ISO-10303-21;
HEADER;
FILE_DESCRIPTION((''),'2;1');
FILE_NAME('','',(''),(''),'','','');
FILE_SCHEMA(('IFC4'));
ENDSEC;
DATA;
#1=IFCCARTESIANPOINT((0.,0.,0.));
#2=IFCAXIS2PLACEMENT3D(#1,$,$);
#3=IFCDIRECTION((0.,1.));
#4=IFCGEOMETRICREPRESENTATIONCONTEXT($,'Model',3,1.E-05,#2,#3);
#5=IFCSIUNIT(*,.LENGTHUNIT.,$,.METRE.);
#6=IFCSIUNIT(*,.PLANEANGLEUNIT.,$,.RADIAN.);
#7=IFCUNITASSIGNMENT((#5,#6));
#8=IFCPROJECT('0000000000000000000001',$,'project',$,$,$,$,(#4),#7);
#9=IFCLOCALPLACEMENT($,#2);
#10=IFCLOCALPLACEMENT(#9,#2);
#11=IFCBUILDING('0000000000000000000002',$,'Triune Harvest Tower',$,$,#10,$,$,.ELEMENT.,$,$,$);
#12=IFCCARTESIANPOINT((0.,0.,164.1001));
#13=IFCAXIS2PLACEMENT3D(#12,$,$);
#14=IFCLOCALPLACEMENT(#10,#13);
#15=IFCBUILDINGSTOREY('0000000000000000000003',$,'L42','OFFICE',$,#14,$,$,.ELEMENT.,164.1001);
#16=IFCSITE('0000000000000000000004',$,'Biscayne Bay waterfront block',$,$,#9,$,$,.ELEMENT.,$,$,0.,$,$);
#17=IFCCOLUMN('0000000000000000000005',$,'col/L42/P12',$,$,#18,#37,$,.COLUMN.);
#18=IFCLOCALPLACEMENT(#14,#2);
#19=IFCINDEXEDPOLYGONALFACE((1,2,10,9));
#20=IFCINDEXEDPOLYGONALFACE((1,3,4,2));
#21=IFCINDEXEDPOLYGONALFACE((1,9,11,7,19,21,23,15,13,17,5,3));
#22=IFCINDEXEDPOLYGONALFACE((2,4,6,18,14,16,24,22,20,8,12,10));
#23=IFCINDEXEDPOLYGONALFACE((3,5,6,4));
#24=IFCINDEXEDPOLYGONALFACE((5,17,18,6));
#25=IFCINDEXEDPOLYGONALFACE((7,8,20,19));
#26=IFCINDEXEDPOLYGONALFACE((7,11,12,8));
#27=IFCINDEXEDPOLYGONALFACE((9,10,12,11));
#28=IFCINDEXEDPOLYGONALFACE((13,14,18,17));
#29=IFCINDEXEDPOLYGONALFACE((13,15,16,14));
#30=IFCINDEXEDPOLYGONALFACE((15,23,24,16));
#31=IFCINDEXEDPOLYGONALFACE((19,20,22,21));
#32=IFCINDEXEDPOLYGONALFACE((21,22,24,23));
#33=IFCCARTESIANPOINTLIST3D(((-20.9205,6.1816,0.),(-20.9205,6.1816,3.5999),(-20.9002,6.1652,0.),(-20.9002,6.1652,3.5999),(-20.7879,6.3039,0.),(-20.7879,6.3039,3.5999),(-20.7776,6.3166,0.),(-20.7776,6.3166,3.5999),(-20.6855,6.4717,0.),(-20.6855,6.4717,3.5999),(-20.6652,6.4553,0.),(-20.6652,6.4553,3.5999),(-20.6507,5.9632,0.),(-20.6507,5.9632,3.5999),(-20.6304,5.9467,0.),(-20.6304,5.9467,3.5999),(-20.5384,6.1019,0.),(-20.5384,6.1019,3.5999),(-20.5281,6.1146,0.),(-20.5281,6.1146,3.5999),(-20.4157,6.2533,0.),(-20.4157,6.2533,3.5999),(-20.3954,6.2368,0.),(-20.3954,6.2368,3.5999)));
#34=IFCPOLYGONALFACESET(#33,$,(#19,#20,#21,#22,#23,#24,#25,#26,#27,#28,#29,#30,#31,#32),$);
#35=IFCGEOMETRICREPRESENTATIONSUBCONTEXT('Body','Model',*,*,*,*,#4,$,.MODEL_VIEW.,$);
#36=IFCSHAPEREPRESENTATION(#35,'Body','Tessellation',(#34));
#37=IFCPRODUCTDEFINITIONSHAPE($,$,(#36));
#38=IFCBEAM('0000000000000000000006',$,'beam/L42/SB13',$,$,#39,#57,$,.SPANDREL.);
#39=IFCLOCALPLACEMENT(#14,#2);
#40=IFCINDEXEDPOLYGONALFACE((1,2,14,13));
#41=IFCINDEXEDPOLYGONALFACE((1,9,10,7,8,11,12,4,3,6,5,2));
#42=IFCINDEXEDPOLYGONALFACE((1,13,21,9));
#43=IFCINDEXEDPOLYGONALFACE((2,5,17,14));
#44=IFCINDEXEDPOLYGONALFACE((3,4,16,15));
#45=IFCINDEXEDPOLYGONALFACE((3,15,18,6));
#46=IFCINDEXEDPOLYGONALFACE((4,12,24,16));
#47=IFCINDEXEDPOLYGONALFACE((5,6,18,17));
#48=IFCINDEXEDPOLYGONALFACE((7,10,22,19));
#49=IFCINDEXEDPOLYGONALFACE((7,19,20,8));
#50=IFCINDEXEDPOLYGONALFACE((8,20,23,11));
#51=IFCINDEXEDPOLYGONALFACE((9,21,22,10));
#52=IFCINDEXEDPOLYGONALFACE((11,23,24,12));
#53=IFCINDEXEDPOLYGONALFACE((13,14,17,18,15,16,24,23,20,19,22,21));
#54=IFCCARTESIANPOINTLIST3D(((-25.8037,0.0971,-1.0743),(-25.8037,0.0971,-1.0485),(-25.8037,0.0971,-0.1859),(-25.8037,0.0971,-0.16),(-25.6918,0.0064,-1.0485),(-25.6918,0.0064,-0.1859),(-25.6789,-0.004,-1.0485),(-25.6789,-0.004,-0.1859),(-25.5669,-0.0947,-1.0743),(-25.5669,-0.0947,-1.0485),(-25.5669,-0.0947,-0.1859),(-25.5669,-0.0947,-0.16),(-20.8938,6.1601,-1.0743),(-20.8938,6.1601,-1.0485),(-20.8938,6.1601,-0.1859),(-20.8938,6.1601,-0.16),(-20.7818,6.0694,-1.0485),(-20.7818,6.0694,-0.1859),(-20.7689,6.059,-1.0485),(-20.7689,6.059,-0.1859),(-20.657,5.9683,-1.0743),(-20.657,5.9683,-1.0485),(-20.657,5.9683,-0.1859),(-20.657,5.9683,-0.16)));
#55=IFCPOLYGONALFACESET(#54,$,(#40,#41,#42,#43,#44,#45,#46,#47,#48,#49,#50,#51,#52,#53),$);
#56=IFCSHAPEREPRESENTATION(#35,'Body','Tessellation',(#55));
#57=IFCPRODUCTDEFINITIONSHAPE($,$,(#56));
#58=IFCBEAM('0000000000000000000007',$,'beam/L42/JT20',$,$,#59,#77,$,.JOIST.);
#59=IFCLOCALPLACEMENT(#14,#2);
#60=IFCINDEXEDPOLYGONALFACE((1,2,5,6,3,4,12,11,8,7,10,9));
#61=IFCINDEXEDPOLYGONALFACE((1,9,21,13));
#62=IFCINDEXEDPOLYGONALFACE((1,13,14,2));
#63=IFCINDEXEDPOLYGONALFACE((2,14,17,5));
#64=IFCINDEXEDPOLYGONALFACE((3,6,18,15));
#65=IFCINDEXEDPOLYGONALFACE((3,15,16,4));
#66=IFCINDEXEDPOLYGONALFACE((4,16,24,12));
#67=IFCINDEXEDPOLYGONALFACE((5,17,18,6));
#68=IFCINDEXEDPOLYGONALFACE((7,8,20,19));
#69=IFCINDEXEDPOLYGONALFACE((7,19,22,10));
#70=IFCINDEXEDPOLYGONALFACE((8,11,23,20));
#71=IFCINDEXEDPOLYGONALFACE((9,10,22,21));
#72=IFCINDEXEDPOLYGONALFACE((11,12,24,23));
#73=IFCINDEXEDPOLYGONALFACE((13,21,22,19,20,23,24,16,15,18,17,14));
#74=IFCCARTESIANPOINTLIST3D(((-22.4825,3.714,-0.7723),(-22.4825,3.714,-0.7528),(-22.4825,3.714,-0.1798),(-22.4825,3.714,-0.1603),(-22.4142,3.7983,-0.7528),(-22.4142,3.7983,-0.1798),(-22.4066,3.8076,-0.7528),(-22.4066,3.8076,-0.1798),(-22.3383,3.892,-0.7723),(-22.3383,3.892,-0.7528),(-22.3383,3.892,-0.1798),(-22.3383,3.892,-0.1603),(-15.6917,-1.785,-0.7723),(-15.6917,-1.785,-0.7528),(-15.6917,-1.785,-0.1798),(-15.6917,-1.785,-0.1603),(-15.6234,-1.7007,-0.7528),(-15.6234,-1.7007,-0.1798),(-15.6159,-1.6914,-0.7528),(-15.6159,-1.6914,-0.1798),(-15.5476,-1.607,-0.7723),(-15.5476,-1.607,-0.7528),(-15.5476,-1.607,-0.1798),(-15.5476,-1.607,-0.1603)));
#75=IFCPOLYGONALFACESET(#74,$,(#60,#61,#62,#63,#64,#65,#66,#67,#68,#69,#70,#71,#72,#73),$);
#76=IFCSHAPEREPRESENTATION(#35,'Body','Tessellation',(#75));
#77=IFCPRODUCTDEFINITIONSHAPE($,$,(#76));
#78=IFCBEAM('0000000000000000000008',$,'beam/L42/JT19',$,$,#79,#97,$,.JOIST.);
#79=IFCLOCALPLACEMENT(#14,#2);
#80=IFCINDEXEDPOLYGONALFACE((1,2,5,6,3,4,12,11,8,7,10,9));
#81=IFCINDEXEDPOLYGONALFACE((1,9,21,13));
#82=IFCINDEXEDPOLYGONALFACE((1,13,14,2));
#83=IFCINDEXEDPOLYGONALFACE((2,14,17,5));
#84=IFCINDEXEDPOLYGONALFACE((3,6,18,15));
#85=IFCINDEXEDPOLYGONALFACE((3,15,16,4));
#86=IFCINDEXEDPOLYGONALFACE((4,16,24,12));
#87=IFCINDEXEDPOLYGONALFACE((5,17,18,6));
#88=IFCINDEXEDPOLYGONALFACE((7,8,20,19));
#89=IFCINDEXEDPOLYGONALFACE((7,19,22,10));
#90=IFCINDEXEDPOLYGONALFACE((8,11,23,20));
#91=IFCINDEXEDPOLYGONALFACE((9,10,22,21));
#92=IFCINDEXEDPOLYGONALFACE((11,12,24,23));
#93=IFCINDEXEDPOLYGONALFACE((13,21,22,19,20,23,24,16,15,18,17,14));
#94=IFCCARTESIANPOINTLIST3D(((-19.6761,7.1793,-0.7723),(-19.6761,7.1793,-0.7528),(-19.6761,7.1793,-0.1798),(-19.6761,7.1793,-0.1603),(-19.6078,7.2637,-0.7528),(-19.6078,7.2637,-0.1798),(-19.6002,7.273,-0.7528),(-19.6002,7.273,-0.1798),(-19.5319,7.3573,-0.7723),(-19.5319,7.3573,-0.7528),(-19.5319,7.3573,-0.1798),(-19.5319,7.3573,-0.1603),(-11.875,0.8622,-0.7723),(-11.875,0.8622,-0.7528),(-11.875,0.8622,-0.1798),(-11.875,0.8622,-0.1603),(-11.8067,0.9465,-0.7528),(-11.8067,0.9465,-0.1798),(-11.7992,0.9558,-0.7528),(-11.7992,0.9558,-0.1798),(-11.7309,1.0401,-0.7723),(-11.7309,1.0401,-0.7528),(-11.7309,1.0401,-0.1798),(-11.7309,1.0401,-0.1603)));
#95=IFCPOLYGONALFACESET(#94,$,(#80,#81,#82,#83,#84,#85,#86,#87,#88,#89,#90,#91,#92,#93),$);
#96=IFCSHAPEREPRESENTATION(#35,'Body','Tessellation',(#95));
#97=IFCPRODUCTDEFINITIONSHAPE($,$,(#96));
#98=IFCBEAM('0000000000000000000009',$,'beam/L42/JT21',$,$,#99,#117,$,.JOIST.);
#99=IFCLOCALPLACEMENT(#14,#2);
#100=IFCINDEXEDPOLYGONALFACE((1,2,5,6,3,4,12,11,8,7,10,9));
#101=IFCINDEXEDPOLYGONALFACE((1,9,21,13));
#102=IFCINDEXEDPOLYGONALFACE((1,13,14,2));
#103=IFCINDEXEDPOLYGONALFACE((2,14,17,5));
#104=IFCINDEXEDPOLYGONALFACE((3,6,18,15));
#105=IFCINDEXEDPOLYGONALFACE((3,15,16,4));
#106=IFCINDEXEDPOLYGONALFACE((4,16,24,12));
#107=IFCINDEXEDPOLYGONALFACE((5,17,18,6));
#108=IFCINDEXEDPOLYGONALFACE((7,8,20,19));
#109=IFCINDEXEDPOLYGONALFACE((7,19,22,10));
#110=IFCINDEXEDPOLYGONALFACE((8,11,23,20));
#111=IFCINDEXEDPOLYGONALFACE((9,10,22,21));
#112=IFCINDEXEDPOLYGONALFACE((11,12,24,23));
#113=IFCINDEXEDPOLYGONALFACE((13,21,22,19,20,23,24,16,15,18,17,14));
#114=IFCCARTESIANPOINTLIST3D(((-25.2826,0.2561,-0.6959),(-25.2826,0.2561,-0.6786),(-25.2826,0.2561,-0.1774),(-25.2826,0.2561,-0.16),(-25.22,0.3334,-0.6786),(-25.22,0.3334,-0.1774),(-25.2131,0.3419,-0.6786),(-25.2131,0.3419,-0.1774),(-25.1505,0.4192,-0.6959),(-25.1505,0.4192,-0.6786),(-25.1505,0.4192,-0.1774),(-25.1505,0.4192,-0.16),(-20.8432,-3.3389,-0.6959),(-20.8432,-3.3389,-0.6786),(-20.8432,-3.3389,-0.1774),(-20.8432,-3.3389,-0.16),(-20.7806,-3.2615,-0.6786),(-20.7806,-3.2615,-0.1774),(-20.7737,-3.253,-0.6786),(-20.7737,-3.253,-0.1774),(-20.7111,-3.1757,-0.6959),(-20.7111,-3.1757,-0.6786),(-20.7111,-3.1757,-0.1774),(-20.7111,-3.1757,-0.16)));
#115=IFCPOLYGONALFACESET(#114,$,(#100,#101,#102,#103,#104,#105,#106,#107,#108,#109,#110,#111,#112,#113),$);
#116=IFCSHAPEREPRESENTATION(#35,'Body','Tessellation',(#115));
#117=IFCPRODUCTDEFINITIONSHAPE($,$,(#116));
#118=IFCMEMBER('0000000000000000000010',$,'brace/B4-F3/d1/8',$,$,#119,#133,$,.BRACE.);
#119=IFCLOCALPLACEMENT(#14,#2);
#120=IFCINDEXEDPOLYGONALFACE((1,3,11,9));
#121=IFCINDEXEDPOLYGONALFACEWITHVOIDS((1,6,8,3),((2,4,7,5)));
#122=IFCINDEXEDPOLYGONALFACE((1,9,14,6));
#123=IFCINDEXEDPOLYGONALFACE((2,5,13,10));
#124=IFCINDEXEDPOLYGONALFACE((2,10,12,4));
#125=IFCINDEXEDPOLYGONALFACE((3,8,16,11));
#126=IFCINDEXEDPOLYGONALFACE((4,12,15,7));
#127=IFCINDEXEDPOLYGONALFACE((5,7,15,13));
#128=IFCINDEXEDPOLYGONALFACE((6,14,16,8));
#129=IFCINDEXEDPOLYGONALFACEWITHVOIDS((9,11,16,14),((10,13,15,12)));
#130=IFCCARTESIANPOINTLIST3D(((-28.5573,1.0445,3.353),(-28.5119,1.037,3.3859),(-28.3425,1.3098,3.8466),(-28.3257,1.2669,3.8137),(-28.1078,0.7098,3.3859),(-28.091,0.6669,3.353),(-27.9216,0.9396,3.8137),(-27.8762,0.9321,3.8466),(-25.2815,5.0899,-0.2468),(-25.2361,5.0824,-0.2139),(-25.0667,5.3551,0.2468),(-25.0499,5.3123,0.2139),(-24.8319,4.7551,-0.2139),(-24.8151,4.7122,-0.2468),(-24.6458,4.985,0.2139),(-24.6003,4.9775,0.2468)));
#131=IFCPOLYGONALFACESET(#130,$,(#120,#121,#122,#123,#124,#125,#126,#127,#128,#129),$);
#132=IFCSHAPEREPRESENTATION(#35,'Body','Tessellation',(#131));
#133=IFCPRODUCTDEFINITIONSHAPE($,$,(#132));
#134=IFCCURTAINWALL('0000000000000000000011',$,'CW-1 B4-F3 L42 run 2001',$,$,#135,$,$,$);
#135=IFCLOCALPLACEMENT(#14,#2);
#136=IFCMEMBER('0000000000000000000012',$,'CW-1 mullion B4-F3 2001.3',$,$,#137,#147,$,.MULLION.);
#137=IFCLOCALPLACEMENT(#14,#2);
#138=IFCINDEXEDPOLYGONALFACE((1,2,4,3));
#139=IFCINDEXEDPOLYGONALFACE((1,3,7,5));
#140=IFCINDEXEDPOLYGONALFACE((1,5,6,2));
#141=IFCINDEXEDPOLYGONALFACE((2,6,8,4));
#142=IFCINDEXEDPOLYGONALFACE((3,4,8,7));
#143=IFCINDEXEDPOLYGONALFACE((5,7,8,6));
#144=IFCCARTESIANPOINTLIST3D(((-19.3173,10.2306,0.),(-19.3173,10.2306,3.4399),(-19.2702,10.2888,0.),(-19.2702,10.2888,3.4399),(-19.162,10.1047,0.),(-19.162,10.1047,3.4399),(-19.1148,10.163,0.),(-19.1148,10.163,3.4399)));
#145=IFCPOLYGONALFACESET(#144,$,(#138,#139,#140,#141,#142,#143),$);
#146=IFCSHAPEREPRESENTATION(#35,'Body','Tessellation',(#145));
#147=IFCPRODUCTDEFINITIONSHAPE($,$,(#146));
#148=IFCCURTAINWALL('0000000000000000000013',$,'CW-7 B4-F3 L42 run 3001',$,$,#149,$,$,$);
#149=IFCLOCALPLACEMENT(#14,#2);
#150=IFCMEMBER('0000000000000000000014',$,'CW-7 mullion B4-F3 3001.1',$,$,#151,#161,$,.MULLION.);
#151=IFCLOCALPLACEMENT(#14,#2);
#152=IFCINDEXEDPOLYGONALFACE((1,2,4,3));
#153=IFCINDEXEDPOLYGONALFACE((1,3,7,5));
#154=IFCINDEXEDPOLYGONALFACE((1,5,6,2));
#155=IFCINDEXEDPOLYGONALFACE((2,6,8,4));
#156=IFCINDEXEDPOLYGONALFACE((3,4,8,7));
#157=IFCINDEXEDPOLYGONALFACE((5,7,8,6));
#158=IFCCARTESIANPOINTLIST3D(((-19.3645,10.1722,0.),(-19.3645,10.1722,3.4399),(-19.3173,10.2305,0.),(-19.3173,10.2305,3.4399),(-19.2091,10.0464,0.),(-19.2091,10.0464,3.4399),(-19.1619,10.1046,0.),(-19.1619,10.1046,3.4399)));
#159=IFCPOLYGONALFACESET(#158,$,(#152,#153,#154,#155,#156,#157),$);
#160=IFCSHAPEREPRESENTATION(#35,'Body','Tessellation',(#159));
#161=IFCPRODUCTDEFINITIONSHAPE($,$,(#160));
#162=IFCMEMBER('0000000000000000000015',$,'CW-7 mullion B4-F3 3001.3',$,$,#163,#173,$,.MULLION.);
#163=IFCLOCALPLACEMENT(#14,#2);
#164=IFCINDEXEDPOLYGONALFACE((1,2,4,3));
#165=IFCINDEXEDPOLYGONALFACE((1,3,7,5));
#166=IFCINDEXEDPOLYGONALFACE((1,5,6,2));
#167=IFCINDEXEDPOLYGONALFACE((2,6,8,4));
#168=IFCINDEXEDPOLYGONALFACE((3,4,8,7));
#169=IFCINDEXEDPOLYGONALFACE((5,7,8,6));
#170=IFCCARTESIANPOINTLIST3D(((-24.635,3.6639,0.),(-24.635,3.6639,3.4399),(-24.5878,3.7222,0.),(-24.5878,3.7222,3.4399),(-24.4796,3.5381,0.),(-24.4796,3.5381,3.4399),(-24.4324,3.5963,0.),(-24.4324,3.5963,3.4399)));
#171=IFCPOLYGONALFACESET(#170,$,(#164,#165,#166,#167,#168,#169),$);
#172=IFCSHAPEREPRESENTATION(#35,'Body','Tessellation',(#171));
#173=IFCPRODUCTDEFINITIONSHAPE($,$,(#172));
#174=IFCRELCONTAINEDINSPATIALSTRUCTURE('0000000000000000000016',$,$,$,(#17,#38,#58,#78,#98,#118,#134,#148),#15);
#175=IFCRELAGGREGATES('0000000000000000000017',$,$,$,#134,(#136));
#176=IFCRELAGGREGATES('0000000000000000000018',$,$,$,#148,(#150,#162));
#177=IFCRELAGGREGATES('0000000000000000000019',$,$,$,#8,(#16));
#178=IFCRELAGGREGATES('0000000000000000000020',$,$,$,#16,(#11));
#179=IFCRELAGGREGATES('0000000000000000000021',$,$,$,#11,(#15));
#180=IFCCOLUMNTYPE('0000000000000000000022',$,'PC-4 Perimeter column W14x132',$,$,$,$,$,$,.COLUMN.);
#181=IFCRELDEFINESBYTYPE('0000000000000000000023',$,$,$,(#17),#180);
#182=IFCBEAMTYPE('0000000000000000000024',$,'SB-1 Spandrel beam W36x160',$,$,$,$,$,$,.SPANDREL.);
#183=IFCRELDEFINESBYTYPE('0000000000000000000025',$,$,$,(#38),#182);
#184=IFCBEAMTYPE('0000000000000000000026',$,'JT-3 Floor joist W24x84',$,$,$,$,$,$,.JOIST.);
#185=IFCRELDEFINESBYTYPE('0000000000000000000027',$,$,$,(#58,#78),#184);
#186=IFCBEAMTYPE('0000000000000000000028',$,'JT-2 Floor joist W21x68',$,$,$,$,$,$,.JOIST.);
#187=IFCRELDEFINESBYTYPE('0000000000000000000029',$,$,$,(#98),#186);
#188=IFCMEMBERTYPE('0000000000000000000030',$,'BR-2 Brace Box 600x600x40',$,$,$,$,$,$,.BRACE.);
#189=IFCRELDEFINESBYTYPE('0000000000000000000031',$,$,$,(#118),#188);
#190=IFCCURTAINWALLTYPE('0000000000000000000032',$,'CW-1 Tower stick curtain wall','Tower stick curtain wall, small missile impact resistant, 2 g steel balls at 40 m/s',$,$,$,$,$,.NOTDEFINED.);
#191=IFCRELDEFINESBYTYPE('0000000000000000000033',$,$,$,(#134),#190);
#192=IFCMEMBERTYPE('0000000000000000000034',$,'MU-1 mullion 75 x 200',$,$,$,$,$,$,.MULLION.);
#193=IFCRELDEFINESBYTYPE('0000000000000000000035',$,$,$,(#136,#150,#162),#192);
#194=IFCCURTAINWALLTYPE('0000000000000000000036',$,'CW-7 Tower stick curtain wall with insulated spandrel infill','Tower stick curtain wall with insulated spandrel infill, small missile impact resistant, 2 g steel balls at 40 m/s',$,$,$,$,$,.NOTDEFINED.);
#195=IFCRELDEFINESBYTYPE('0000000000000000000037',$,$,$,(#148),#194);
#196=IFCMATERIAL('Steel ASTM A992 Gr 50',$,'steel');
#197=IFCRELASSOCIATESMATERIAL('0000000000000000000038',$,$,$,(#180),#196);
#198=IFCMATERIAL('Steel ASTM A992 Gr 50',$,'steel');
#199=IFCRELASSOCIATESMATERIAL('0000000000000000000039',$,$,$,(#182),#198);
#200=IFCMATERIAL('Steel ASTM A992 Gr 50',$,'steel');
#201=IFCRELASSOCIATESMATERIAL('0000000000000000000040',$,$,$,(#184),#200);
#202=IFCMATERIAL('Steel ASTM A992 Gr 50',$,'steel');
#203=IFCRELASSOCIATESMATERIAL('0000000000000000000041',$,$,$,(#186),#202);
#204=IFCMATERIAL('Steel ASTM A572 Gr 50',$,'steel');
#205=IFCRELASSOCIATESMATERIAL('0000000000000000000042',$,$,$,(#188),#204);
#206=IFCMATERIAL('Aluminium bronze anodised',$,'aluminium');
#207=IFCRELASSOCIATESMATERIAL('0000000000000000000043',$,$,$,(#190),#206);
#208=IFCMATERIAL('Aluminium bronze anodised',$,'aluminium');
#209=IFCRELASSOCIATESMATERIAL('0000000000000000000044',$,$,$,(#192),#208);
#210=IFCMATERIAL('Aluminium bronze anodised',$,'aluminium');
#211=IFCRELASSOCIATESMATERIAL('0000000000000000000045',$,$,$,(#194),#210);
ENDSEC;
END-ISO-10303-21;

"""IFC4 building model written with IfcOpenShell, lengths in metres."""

from ifc_helpers import new_model, si_unit, direction, frame, origin, origin_2d, place, context, subcontext, project, spatial, rectangle, hollow_rectangle, i_section, extrude, source, transform, mapped, material, material_profile, profile_set, type_object, element, aggregate, save


model = new_model("IFC4")

# Units and contexts
model_context = context("Model", 3, precision=1e-05, world=origin(), true_north=direction((0.0, 1.0)))
body_context = subcontext(model_context, "Body", "Model", "MODEL_VIEW")
ifc_project = project(units=[si_unit("LENGTHUNIT", "METRE"), si_unit("PLANEANGLEUNIT", "RADIAN")], contexts=[model_context])

# Site, building, storey
site_placement = place(None, origin())
site = spatial("IfcSite", under=ifc_project, at=site_placement, Name="Biscayne Bay waterfront block", CompositionType="ELEMENT", RefElevation=0.0)
building_placement = place(site_placement, origin())
building = spatial("IfcBuilding", under=site, at=building_placement, Name="Triune Harvest Tower", CompositionType="ELEMENT")
storey_placement = place(building_placement, frame((0.0, 0.0, 164.1001)))
storey = spatial("IfcBuildingStorey", under=building, at=storey_placement, Name="L42", Description="OFFICE", CompositionType="ELEMENT", Elevation=164.1001)

# Column
ifc_material_1 = material(Name="Steel ASTM A992 Gr 50", Category="steel")
ifc_material_profile_1 = material_profile(ifc_material_1, i_section(OverallWidth=0.3733, OverallDepth=0.3733, WebThickness=0.0164, FlangeThickness=0.0261, at=origin_2d()), Name="W14x132")
ifc_profile_set_1 = profile_set([ifc_material_profile_1], Name="Steel ASTM A992 Gr 50")
column_type = type_object("IfcColumnType", Name="PC-4 Perimeter column W14x132", PredefinedType="COLUMN", material=ifc_profile_set_1)
shared_shape_1 = source(origin(), body_context, "Body", "SweptSolid", [
    extrude(i_section(OverallWidth=0.3733, OverallDepth=0.3733, WebThickness=0.0164, FlangeThickness=0.0261, at=origin_2d()), origin(), (0.0, 0.0, 1.0), 3.5999),
])
column_placement = place(storey_placement, frame((-20.658, 6.2092, 0.0), z_axis=(0.0, 0.0, 1.0), x_axis=(-0.629322, -0.777145, 0.0)))
element("IfcColumn", 1, at=column_placement, inside=storey, type_object=column_type, Name="col/L42/P12", PredefinedType="COLUMN", context=body_context, shape_type="MappedRepresentation", body=[
    mapped(shared_shape_1, transform((0.0, 0.0, 0.0), scale=1.0)),
])

# Beams
ifc_material_2 = material(Name="Steel ASTM A992 Gr 50", Category="steel")
ifc_material_profile_2 = material_profile(ifc_material_2, i_section(OverallWidth=0.3047, OverallDepth=0.9143, WebThickness=0.0166, FlangeThickness=0.0259, at=origin_2d()), Name="W36x160")
ifc_profile_set_2 = profile_set([ifc_material_profile_2], Name="Steel ASTM A992 Gr 50")
beam_type_1 = type_object("IfcBeamType", Name="SB-1 Spandrel beam W36x160", PredefinedType="SPANDREL", material=ifc_profile_set_2)
shared_shape_2 = source(origin(), body_context, "Body", "SweptSolid", [
    extrude(i_section(OverallWidth=0.3047, OverallDepth=0.9143, WebThickness=0.0166, FlangeThickness=0.0259, at=origin_2d()), origin(), (0.0, 0.0, 1.0), 7.8018),
])
beam_1_placement = place(storey_placement, frame((-20.7754, 6.0642, -0.6172), z_axis=(-0.629336, -0.777133, 0.0), x_axis=(0.777133, -0.629336, 0.0)))
element("IfcBeam", 2, at=beam_1_placement, inside=storey, type_object=beam_type_1, Name="beam/L42/SB13", PredefinedType="SPANDREL", context=body_context, shape_type="MappedRepresentation", body=[
    mapped(shared_shape_2, transform((0.0, 0.0, 0.0), scale=1.0)),
])
ifc_material_3 = material(Name="Steel ASTM A992 Gr 50", Category="steel")
ifc_material_profile_3 = material_profile(ifc_material_3, i_section(OverallWidth=0.229, OverallDepth=0.6121, WebThickness=0.012, FlangeThickness=0.0195, at=origin_2d()), Name="W24x84")
ifc_profile_set_3 = profile_set([ifc_material_profile_3], Name="Steel ASTM A992 Gr 50")
beam_type_2 = type_object("IfcBeamType", Name="JT-3 Floor joist W24x84", PredefinedType="JOIST", material=ifc_profile_set_3)
shared_shape_3 = source(origin(), body_context, "Body", "SweptSolid", [
    extrude(i_section(OverallWidth=0.229, OverallDepth=0.6121, WebThickness=0.012, FlangeThickness=0.0195, at=origin_2d()), origin(), (0.0, 0.0, 1.0), 8.738),
])
beam_2_placement = place(storey_placement, frame((-22.4104, 3.803, -0.4663), z_axis=(0.777148, -0.629318, 0.0), x_axis=(0.629318, 0.777148, 0.0)))
element("IfcBeam", 3, at=beam_2_placement, inside=storey, type_object=beam_type_2, Name="beam/L42/JT20", PredefinedType="JOIST", context=body_context, shape_type="MappedRepresentation", body=[
    mapped(shared_shape_3, transform((0.0, 0.0, 0.0), scale=1.0)),
])
shared_shape_4 = source(origin(), body_context, "Body", "SweptSolid", [
    extrude(i_section(OverallWidth=0.229, OverallDepth=0.6121, WebThickness=0.012, FlangeThickness=0.0195, at=origin_2d()), origin(), (0.0, 0.0, 1.0), 10.0381),
])
beam_3_placement = place(storey_placement, frame((-19.604, 7.2683, -0.4663), z_axis=(0.777146, -0.62932, 0.0), x_axis=(0.62932, 0.777146, 0.0)))
element("IfcBeam", 4, at=beam_3_placement, inside=storey, type_object=beam_type_2, Name="beam/L42/JT19", PredefinedType="JOIST", context=body_context, shape_type="MappedRepresentation", body=[
    mapped(shared_shape_4, transform((0.0, 0.0, 0.0), scale=1.0)),
])
ifc_material_4 = material(Name="Steel ASTM A992 Gr 50", Category="steel")
ifc_material_profile_4 = material_profile(ifc_material_4, i_section(OverallWidth=0.21, OverallDepth=0.5359, WebThickness=0.011, FlangeThickness=0.0173, at=origin_2d()), Name="W21x68")
ifc_profile_set_4 = profile_set([ifc_material_profile_4], Name="Steel ASTM A992 Gr 50")
beam_type_3 = type_object("IfcBeamType", Name="JT-2 Floor joist W21x68", PredefinedType="JOIST", material=ifc_profile_set_4)
shared_shape_5 = source(origin(), body_context, "Body", "SweptSolid", [
    extrude(i_section(OverallWidth=0.21, OverallDepth=0.5359, WebThickness=0.011, FlangeThickness=0.0173, at=origin_2d()), origin(), (0.0, 0.0, 1.0), 5.7124),
])
beam_4_placement = place(storey_placement, frame((-25.2166, 0.3376, -0.428), z_axis=(0.777148, -0.629317, 0.0), x_axis=(0.629317, 0.777148, 0.0)))
element("IfcBeam", 5, at=beam_4_placement, inside=storey, type_object=beam_type_3, Name="beam/L42/JT21", PredefinedType="JOIST", context=body_context, shape_type="MappedRepresentation", body=[
    mapped(shared_shape_5, transform((0.0, 0.0, 0.0), scale=1.0)),
])

# Member
ifc_material_5 = material(Name="Steel ASTM A572 Gr 50", Category="steel")
ifc_material_profile_5 = material_profile(ifc_material_5, hollow_rectangle(XDim=0.6001, YDim=0.6001, WallThickness=0.04, at=origin_2d()), Name="Box 600x600x40")
ifc_profile_set_5 = profile_set([ifc_material_profile_5], Name="Steel ASTM A572 Gr 50")
member_type_1 = type_object("IfcMemberType", Name="BR-2 Brace Box 600x600x40", PredefinedType="BRACE", material=ifc_profile_set_5)
shared_shape_6 = source(origin(), body_context, "Body", "SweptSolid", [
    extrude(hollow_rectangle(XDim=0.6001, YDim=0.6001, WallThickness=0.04, at=origin_2d()), origin(), (0.0, 0.0, 1.0), 6.3289),
])
member_1_placement = place(storey_placement, frame((-24.9409, 5.0337, 0.0), z_axis=(-0.517602, -0.639191, 0.568791), x_axis=(0.777149, -0.629317, 0.0)))
element("IfcMember", 6, at=member_1_placement, inside=storey, type_object=member_type_1, Name="brace/B4-F3/d1/8", PredefinedType="BRACE", context=body_context, shape_type="MappedRepresentation", body=[
    mapped(shared_shape_6, transform((0.0, 0.0, 0.0), scale=1.0)),
])

# Curtain wall, member
ifc_material_6 = material(Name="Aluminium bronze anodised", Category="aluminium")
curtain_wall_type_1 = type_object("IfcCurtainWallType", Name="CW-1 Tower stick curtain wall", Description="Tower stick curtain wall, small missile impact resistant, 2 g steel balls at 40 m/s", PredefinedType="NOTDEFINED", material=ifc_material_6)
curtain_wall_1_placement = place(storey_placement, origin())
curtain_wall_1 = element("IfcCurtainWall", 7, at=curtain_wall_1_placement, inside=storey, type_object=curtain_wall_type_1, Name="CW-1 B4-F3 L42 run 2001")
ifc_material_7 = material(Name="Aluminium bronze anodised", Category="aluminium")
ifc_material_profile_6 = material_profile(ifc_material_7, rectangle(XDim=0.2, YDim=0.075, at=origin_2d()), Name="MU-1 mullion 75 x 200")
ifc_profile_set_6 = profile_set([ifc_material_profile_6], Name="Aluminium bronze anodised")
member_type_2 = type_object("IfcMemberType", Name="MU-1 mullion 75 x 200", PredefinedType="MULLION", material=ifc_profile_set_6)
shared_shape_7 = source(origin(), body_context, "Body", "SweptSolid", [
    extrude(rectangle(XDim=0.2, YDim=0.075, at=origin_2d()), origin(), (0.0, 0.0, 1.0), 3.4399),
])
member_2_placement = place(storey_placement, frame((-19.2161, 10.1968, 0.0), z_axis=(0.0, 0.0, 1.0), x_axis=(0.777149, -0.629317, 0.0)))
member_2 = element("IfcMember", 8, at=member_2_placement, type_object=member_type_2, Name="CW-1 mullion B4-F3 2001.3", PredefinedType="MULLION", context=body_context, shape_type="MappedRepresentation", body=[
    mapped(shared_shape_7, transform((0.0, 0.0, 0.0), scale=1.0)),
])
aggregate(curtain_wall_1, [member_2])

# Curtain wall, members
ifc_material_8 = material(Name="Aluminium bronze anodised", Category="aluminium")
curtain_wall_type_2 = type_object("IfcCurtainWallType", Name="CW-7 Tower stick curtain wall with insulated spandrel infill", Description="Tower stick curtain wall with insulated spandrel infill, small missile impact resistant, 2 g steel balls at 40 m/s", PredefinedType="NOTDEFINED", material=ifc_material_8)
curtain_wall_2_placement = place(storey_placement, origin())
curtain_wall_2 = element("IfcCurtainWall", 9, at=curtain_wall_2_placement, inside=storey, type_object=curtain_wall_type_2, Name="CW-7 B4-F3 L42 run 3001")
member_3_placement = place(storey_placement, frame((-19.2632, 10.1384, 0.0), z_axis=(0.0, 0.0, 1.0), x_axis=(0.777145, -0.629321, 0.0)))
member_3 = element("IfcMember", 10, at=member_3_placement, type_object=member_type_2, Name="CW-7 mullion B4-F3 3001.1", PredefinedType="MULLION", context=body_context, shape_type="MappedRepresentation", body=[
    mapped(shared_shape_7, transform((0.0, 0.0, 0.0), scale=1.0)),
])
member_4_placement = place(storey_placement, frame((-24.5337, 3.6301, 0.0), z_axis=(0.0, 0.0, 1.0), x_axis=(0.777145, -0.629321, 0.0)))
member_4 = element("IfcMember", 11, at=member_4_placement, type_object=member_type_2, Name="CW-7 mullion B4-F3 3001.3", PredefinedType="MULLION", context=body_context, shape_type="MappedRepresentation", body=[
    mapped(shared_shape_7, transform((0.0, 0.0, 0.0), scale=1.0)),
])

aggregate(curtain_wall_2, [member_3, member_4])

save(model, "model.ifc")
